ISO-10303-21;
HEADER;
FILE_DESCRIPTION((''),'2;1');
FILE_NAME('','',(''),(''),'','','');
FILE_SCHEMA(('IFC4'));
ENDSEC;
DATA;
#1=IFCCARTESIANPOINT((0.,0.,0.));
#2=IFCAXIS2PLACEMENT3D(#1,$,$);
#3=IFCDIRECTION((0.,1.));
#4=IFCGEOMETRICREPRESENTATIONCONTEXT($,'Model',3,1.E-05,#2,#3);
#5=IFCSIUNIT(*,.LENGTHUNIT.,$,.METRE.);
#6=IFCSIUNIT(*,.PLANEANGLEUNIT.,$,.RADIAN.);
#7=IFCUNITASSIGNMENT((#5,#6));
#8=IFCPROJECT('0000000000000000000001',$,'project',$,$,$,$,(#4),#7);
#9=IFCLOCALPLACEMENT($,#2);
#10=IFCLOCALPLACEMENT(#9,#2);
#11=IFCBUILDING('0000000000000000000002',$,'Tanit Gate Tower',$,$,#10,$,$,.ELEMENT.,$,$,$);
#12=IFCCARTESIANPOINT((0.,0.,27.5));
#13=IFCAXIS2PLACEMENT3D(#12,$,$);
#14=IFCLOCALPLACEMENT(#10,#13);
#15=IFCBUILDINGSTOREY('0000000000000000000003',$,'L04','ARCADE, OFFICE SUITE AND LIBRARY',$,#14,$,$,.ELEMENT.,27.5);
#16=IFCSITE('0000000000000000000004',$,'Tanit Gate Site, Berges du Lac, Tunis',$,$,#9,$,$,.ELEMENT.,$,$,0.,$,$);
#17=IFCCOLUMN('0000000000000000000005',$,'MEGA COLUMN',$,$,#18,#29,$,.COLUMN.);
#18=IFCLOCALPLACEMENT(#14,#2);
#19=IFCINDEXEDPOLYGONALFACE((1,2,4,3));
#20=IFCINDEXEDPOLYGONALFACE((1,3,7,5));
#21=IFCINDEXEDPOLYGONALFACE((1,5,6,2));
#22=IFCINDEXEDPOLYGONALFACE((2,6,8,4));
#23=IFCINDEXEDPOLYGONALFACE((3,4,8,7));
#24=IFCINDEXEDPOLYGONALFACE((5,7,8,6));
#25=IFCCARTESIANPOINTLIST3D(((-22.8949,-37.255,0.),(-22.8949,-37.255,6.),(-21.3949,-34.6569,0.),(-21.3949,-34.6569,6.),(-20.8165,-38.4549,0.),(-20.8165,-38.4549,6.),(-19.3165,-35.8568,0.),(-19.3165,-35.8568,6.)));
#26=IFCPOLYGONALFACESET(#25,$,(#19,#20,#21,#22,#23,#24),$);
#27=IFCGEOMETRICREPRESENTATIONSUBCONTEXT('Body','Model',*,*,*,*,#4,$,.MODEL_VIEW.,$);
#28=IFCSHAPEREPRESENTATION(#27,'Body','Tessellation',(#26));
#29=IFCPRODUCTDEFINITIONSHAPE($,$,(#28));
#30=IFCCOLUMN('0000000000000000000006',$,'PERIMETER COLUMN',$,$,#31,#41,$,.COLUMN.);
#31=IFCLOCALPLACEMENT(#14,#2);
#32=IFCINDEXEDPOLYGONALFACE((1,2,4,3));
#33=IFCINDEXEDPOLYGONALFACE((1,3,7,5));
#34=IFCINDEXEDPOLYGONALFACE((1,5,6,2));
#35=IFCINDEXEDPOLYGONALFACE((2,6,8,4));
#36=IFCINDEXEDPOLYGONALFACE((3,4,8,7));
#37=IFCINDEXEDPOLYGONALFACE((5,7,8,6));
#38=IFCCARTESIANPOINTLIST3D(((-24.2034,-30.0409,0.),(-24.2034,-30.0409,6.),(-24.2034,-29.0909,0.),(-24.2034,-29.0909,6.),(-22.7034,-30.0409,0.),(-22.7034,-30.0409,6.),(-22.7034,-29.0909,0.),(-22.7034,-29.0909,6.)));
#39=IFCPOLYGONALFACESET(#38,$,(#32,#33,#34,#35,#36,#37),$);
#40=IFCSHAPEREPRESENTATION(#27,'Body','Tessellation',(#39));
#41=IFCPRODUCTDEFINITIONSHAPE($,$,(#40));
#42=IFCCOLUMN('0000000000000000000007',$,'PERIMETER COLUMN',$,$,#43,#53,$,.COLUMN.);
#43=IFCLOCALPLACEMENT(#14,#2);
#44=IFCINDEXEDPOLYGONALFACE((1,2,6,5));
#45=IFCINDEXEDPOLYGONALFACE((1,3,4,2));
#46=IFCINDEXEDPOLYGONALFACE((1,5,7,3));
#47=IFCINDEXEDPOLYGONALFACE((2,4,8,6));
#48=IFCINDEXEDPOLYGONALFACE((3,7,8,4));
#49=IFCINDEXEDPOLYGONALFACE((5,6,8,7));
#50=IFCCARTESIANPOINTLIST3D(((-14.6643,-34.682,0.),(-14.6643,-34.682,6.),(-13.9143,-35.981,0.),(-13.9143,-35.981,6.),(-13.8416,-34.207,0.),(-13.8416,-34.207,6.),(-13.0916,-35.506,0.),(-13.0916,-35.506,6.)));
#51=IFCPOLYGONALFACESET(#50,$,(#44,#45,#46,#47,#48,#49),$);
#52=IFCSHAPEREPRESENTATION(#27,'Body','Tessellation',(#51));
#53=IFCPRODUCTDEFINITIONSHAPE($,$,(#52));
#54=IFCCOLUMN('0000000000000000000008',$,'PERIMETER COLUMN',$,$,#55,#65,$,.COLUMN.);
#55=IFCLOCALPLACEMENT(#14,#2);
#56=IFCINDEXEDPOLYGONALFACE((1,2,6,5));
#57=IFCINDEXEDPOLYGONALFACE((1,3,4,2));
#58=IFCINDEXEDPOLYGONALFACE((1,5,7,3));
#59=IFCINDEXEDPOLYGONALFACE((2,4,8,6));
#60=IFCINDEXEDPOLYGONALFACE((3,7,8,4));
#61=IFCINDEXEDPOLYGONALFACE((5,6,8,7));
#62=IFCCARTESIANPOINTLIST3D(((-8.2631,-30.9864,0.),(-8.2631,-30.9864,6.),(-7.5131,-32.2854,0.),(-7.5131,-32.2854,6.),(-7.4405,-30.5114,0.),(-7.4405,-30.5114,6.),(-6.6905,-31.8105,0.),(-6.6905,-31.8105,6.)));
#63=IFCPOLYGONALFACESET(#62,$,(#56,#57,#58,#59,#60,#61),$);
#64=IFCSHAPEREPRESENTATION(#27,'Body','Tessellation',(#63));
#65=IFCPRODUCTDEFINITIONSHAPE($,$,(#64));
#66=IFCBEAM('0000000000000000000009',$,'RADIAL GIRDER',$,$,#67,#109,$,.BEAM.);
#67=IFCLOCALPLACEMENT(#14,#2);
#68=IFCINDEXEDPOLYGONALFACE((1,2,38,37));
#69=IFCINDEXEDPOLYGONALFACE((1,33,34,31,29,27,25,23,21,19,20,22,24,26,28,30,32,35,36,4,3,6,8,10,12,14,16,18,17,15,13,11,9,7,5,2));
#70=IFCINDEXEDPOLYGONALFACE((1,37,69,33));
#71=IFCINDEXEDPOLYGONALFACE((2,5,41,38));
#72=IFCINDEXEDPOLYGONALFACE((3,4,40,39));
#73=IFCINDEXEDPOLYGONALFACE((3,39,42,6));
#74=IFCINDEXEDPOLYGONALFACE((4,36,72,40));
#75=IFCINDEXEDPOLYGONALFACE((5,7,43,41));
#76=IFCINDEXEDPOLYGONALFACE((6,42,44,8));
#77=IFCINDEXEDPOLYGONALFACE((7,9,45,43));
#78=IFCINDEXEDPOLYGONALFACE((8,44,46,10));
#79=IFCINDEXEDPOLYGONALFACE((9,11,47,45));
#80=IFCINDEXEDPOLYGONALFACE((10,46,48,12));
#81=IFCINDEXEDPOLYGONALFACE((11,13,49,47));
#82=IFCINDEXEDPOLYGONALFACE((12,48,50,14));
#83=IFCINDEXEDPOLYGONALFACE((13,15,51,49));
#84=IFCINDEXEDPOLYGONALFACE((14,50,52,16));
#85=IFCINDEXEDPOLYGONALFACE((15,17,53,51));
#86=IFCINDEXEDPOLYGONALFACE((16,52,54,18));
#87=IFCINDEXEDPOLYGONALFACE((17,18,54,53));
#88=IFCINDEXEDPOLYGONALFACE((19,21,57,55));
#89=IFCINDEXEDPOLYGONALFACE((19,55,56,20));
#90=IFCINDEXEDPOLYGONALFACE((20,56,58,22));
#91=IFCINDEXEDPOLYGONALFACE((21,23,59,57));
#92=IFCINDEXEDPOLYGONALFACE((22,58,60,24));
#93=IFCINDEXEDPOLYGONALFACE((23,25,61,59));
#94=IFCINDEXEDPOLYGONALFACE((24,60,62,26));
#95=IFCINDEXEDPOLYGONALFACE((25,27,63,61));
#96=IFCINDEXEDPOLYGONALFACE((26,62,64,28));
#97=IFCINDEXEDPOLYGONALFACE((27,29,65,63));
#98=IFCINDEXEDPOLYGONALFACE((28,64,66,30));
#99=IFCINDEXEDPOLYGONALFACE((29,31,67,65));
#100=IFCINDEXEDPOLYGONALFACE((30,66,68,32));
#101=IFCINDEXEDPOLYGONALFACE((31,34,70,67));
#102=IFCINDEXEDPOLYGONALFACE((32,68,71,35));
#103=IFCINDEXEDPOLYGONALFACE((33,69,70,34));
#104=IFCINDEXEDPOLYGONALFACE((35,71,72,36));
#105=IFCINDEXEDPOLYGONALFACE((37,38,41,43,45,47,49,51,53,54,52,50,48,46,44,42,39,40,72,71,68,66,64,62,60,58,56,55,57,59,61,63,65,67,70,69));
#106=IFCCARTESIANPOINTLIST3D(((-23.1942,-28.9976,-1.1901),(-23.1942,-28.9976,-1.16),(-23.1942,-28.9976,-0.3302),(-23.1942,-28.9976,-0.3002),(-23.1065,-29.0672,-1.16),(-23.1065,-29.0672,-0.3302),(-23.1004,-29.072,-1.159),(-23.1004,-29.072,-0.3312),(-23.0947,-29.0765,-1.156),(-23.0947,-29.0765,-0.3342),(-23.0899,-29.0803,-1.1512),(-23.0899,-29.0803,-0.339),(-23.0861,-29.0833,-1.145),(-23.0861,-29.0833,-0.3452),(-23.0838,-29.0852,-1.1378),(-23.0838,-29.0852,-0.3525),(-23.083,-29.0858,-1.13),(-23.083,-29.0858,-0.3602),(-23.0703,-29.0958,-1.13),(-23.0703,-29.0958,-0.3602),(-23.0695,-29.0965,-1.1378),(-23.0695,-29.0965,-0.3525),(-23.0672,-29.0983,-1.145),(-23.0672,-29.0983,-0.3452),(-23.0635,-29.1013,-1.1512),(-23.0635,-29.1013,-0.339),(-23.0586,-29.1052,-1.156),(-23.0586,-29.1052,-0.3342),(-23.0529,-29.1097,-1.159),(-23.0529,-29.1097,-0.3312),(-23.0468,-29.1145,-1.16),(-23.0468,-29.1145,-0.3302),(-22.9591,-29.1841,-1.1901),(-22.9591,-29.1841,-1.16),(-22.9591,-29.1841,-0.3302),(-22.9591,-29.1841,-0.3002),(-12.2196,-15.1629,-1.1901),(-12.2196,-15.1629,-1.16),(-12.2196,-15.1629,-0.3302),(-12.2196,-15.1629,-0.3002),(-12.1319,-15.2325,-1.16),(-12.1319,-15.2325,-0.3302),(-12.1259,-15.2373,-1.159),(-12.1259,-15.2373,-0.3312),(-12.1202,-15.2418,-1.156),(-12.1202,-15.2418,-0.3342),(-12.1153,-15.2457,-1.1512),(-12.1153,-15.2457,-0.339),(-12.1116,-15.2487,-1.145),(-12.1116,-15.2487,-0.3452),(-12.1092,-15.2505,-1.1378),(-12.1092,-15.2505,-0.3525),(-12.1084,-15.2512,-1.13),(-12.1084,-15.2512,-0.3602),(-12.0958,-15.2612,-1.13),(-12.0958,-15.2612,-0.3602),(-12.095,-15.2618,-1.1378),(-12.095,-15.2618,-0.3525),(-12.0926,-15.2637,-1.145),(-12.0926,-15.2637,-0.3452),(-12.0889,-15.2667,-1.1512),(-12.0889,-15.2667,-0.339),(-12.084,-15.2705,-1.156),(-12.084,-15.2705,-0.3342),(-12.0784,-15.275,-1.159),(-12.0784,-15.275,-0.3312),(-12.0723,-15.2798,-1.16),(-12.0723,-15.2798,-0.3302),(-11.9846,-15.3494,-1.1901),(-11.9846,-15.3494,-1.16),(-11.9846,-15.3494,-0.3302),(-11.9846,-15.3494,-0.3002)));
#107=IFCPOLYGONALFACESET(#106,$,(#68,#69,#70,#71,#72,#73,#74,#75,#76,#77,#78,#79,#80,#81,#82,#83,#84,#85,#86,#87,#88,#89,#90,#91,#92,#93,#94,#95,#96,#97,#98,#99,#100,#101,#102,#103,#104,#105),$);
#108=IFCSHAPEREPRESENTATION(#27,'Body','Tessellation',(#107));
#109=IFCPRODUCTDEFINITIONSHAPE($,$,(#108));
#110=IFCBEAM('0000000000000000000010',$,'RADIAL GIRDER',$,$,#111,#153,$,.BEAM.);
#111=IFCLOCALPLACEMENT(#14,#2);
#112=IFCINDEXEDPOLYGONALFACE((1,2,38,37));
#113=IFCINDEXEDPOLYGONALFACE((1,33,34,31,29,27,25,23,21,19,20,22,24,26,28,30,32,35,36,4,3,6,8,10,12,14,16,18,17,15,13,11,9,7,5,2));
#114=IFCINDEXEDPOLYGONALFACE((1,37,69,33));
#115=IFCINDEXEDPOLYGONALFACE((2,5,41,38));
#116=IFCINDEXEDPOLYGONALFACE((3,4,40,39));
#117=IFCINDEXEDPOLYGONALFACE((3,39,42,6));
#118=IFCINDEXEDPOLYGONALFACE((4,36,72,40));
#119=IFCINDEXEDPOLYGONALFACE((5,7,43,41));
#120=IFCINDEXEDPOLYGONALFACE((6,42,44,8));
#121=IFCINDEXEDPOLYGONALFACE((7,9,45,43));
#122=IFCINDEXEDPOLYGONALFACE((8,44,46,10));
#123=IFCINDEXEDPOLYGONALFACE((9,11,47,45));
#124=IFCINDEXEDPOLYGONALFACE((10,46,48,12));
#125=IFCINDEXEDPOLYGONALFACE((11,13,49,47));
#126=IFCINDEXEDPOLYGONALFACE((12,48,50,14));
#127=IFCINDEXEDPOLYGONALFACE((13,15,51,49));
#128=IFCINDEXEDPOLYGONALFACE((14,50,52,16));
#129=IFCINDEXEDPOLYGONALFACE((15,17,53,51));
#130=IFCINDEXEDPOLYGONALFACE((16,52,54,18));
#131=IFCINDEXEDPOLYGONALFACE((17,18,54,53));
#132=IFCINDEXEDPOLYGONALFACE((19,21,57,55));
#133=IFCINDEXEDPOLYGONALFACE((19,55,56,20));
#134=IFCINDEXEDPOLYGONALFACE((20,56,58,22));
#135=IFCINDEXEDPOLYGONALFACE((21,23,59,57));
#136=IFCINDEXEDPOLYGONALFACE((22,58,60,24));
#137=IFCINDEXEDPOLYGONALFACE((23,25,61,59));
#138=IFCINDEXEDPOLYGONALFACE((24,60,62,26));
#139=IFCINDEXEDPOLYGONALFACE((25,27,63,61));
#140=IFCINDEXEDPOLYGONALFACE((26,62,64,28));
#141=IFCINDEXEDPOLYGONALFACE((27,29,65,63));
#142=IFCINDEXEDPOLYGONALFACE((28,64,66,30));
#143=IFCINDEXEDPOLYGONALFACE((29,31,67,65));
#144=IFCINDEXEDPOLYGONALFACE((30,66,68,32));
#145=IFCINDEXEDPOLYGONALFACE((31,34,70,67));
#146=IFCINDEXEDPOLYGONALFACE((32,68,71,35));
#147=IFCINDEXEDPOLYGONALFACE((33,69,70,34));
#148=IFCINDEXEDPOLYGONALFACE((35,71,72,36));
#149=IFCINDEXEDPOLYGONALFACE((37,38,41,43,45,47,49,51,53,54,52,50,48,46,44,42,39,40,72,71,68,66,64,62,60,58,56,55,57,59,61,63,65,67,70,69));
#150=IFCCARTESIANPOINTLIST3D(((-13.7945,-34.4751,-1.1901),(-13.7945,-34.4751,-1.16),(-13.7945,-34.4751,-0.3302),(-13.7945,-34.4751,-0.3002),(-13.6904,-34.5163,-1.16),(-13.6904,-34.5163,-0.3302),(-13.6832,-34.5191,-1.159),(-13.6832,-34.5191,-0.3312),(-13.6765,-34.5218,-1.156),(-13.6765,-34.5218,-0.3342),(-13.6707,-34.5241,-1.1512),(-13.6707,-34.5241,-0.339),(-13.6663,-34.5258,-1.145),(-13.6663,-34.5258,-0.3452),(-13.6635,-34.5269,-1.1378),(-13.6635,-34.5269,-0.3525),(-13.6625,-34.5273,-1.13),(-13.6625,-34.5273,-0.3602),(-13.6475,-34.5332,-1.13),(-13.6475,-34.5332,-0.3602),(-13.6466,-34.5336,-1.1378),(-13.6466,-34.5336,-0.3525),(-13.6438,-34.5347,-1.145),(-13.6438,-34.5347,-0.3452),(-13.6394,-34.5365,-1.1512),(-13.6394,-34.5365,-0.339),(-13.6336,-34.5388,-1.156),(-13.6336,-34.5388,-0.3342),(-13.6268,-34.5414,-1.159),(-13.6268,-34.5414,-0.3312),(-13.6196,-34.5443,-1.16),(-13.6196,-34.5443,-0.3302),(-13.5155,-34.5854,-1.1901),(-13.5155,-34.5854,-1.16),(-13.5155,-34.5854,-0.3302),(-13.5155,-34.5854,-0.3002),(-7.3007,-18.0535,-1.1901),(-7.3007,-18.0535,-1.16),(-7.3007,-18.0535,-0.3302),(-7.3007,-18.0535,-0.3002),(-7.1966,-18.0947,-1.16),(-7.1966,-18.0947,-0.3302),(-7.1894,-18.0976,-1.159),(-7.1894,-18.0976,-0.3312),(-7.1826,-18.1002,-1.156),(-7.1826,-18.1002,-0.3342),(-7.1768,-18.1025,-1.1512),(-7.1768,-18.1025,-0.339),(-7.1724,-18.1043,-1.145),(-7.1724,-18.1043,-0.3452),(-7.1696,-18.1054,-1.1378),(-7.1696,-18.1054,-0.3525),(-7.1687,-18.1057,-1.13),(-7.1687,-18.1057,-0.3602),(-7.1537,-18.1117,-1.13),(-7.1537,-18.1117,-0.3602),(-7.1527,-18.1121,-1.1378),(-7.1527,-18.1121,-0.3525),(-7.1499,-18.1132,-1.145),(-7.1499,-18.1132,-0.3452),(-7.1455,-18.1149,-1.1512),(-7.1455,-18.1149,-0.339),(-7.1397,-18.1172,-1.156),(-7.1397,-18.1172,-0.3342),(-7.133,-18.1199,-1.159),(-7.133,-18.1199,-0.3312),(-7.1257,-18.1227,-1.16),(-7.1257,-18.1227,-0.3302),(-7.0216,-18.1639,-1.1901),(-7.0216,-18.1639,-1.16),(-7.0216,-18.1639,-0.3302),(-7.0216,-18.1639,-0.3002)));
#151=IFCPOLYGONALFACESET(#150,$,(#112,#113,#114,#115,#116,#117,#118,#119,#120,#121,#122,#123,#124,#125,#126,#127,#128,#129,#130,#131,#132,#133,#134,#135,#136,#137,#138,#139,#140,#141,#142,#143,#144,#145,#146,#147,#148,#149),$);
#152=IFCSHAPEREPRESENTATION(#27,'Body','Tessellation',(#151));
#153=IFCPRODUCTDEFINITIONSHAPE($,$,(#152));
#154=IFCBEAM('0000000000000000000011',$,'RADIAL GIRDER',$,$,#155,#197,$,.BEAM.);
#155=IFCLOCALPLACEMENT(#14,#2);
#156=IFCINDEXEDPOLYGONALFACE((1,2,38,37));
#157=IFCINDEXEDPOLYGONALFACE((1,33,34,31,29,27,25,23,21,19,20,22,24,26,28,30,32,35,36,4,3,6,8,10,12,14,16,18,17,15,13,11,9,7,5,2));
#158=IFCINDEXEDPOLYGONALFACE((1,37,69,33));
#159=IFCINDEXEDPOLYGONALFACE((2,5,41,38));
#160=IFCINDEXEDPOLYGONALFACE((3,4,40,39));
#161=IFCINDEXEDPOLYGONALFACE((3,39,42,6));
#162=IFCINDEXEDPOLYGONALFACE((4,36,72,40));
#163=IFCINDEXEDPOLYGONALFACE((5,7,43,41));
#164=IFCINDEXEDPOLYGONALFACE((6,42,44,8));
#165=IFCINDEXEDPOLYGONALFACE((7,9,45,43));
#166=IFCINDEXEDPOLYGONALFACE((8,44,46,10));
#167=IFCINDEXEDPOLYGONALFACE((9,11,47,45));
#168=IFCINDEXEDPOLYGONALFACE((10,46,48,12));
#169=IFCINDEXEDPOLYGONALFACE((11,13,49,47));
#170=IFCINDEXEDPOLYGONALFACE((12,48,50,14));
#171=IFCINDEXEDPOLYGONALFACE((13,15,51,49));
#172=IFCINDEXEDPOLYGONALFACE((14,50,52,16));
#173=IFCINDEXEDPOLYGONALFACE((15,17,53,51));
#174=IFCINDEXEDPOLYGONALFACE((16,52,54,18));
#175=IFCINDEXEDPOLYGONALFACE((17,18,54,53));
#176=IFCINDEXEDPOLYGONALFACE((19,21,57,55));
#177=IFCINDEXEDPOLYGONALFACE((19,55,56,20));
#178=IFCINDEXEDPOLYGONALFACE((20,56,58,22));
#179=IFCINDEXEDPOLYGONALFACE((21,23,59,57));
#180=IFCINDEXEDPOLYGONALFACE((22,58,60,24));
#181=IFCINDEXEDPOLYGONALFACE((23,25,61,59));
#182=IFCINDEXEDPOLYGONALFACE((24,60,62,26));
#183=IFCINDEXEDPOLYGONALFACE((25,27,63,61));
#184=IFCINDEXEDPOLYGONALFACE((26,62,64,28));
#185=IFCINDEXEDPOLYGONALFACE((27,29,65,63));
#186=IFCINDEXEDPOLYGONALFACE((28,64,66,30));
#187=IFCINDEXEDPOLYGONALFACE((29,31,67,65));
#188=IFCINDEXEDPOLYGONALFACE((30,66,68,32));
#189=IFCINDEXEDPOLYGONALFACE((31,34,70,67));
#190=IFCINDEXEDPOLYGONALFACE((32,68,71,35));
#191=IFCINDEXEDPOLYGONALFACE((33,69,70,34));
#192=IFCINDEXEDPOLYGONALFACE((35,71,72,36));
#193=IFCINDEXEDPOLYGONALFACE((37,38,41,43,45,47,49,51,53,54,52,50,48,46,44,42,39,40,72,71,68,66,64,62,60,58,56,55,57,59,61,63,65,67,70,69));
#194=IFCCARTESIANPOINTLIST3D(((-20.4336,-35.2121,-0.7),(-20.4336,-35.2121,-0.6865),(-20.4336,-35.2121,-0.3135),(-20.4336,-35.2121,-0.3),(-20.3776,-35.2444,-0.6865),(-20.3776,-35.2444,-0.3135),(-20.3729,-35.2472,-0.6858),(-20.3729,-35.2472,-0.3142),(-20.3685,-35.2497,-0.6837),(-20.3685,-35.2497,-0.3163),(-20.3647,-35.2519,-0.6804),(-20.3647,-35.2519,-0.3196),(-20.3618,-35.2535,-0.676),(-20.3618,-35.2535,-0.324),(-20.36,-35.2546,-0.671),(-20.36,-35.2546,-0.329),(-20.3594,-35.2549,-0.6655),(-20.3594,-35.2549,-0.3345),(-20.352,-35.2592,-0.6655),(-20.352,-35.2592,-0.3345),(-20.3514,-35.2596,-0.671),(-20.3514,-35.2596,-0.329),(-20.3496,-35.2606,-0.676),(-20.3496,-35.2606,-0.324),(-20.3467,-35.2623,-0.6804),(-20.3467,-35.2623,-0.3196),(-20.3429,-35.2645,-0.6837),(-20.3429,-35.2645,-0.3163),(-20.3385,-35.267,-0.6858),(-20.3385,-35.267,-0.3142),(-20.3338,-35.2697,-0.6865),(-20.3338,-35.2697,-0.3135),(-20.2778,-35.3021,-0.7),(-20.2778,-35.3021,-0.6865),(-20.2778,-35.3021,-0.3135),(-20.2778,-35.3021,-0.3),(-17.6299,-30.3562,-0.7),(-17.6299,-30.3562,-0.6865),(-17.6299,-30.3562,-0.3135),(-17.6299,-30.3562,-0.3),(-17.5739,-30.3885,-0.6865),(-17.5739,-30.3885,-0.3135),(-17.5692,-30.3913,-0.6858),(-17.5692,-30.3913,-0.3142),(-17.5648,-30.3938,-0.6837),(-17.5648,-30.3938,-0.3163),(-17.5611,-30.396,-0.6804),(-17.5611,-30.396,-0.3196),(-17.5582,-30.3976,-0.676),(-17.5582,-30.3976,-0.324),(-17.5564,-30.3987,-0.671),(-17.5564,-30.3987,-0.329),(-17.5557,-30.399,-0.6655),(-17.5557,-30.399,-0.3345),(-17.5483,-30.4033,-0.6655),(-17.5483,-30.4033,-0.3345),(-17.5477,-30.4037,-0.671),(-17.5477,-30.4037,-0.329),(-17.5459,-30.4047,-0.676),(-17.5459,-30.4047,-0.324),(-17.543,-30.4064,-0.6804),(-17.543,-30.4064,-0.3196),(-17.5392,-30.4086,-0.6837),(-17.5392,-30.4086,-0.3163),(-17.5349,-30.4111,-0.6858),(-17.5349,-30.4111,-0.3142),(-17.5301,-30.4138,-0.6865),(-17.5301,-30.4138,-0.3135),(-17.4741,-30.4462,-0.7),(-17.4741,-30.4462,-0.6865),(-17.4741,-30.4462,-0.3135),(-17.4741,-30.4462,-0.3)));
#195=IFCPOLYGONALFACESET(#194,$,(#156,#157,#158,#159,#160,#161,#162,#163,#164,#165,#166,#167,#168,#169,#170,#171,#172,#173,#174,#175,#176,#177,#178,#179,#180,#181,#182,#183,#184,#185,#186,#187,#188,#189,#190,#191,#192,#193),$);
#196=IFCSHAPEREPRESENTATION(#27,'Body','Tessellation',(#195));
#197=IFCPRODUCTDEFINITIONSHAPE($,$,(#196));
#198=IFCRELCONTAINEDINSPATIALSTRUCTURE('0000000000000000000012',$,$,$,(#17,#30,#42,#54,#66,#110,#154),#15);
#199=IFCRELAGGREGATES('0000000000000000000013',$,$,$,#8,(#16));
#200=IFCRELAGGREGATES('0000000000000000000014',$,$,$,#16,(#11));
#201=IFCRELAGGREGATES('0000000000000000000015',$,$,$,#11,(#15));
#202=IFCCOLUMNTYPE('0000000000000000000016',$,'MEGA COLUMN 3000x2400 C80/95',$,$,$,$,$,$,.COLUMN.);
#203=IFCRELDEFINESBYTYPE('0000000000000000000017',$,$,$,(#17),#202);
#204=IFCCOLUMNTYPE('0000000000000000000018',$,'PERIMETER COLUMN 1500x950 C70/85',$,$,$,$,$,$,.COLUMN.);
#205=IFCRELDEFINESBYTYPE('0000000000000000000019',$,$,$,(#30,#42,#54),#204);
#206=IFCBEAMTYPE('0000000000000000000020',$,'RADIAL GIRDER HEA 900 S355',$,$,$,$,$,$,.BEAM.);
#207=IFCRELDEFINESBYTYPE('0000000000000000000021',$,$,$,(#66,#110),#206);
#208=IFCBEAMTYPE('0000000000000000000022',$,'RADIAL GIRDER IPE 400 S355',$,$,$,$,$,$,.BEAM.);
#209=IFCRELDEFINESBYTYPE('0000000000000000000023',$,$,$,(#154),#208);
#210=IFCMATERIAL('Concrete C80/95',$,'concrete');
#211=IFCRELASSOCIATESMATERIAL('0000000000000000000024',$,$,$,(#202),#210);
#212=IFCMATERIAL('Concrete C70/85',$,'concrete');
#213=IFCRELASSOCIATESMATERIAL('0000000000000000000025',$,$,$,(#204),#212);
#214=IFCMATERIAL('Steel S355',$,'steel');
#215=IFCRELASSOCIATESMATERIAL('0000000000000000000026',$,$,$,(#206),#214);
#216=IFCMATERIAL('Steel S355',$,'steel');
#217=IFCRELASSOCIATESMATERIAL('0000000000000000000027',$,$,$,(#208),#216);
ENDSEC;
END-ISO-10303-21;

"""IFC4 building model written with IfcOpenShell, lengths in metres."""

from ifc_helpers import new_model, si_unit, direction, frame, origin, origin_2d, place, context, subcontext, project, spatial, rectangle, i_section, extrude, material, material_profile, profile_set, type_object, element, save


model = new_model("IFC4")

# Units and contexts
model_context = context("Model", 3, precision=1e-05, world=origin(), true_north=direction((0.0, 1.0)))
body_context = subcontext(model_context, "Body", "Model", "MODEL_VIEW")
ifc_project = project(units=[si_unit("LENGTHUNIT", "METRE"), si_unit("PLANEANGLEUNIT", "RADIAN")], contexts=[model_context])

# Site, building, storey
site_placement = place(None, origin())
site = spatial("IfcSite", under=ifc_project, at=site_placement, Name="Tanit Gate Site, Berges du Lac, Tunis", CompositionType="ELEMENT", RefElevation=0.0)
building_placement = place(site_placement, origin())
building = spatial("IfcBuilding", under=site, at=building_placement, Name="Tanit Gate Tower", CompositionType="ELEMENT")
storey_placement = place(building_placement, frame((0.0, 0.0, 27.5)))
storey = spatial("IfcBuildingStorey", under=building, at=storey_placement, Name="L04", Description="ARCADE, OFFICE SUITE AND LIBRARY", CompositionType="ELEMENT", Elevation=27.5)

# Columns
ifc_material_1 = material(Name="Concrete C80/95", Category="concrete")
ifc_material_profile_1 = material_profile(ifc_material_1, rectangle(XDim=3.0, YDim=2.3999, at=origin_2d()), Name="RC 3000x2400")
ifc_profile_set_1 = profile_set([ifc_material_profile_1], Name="Concrete C80/95")
column_type_1 = type_object("IfcColumnType", Name="MEGA COLUMN 3000x2400 C80/95", PredefinedType="COLUMN", material=ifc_profile_set_1)
column_placement = place(storey_placement, frame((-21.1057, -36.5559, 0.0), z_axis=(0.0, 0.0, 1.0), x_axis=(-0.5, -0.866025, 0.0)))
element("IfcColumn", 1, at=column_placement, inside=storey, type_object=column_type_1, Name="MEGA COLUMN", PredefinedType="COLUMN", context=body_context, shape_type="SweptSolid", body=[
    extrude(rectangle(XDim=3.0, YDim=2.3999, at=origin_2d()), origin(), (0.0, 0.0, 1.0), 6.0),
])
ifc_material_2 = material(Name="Concrete C70/85", Category="concrete")
ifc_material_profile_2 = material_profile(ifc_material_2, rectangle(XDim=1.5, YDim=0.95, at=origin_2d()), Name="RC 1500x950")
ifc_profile_set_2 = profile_set([ifc_material_profile_2], Name="Concrete C70/85")
column_type_2 = type_object("IfcColumnType", Name="PERIMETER COLUMN 1500x950 C70/85", PredefinedType="COLUMN", material=ifc_profile_set_2)
for number, where, z_axis, x_axis, name in (
    (2, (-23.4534, -29.5659, 0.0), (0.0, 0.0, 1.0), (-1.0, 0.0, 0.0), "PERIMETER COLUMN"),
    (3, (-13.8779, -35.094, 0.0), (0.0, 0.0, 1.0), (0.5, -0.866025, 0.0), "PERIMETER COLUMN"),
    (4, (-7.4768, -31.3984, 0.0), (0.0, 0.0, 1.0), (0.5, -0.866025, 0.0), "PERIMETER COLUMN"),
):
    element("IfcColumn", number, at=place(storey_placement, frame(where, z_axis=z_axis, x_axis=x_axis)), inside=storey, type_object=column_type_2, Name=name, PredefinedType="COLUMN", context=body_context, shape_type="SweptSolid", body=[
        extrude(rectangle(XDim=1.5, YDim=0.95, at=origin_2d()), origin(), (0.0, 0.0, 1.0), 6.0),
    ])

# Beams
ifc_material_3 = material(Name="Steel S355", Category="steel")
ifc_material_profile_3 = material_profile(ifc_material_3, i_section(OverallWidth=0.3, OverallDepth=0.8899, WebThickness=0.0161, FlangeThickness=0.03, FilletRadius=0.03, at=origin_2d()), Name="HEA 900")
ifc_profile_set_3 = profile_set([ifc_material_profile_3], Name="Steel S355")
beam_type_1 = type_object("IfcBeamType", Name="RADIAL GIRDER HEA 900 S355", PredefinedType="BEAM", material=ifc_profile_set_3)
for number, where, z_axis, x_axis, name in (
    (5, (-23.0767, -29.0908, -0.7451), (0.621473, 0.783436, 0.0), (-0.783436, 0.621473, 0.0), "RADIAL GIRDER"),
    (6, (-13.655, -34.5303, -0.7451), (0.367738, 0.929929, 0.0), (-0.929929, 0.367738, 0.0), "RADIAL GIRDER"),
):
    element("IfcBeam", number, at=place(storey_placement, frame(where, z_axis=z_axis, x_axis=x_axis)), inside=storey, type_object=beam_type_1, Name=name, PredefinedType="BEAM", context=body_context, shape_type="SweptSolid", body=[
        extrude(i_section(OverallWidth=0.3, OverallDepth=0.8899, WebThickness=0.0161, FlangeThickness=0.03, FilletRadius=0.03, at=origin_2d()), origin(), (0.0, 0.0, 1.0), 17.6589),
    ])
ifc_material_4 = material(Name="Steel S355", Category="steel")
ifc_material_profile_4 = material_profile(ifc_material_4, i_section(OverallWidth=0.1799, OverallDepth=0.3999, WebThickness=0.0085, FlangeThickness=0.0134, FilletRadius=0.021, at=origin_2d()), Name="IPE 400")
ifc_profile_set_4 = profile_set([ifc_material_profile_4], Name="Steel S355")
beam_type_2 = type_object("IfcBeamType", Name="RADIAL GIRDER IPE 400 S355", PredefinedType="BEAM", material=ifc_profile_set_4)
beam_1_placement = place(storey_placement, frame((-20.3557, -35.2571, -0.5), z_axis=(0.500016, 0.866016, 0.0), x_axis=(-0.866016, 0.500016, 0.0)))
element("IfcBeam", 7, at=beam_1_placement, inside=storey, type_object=beam_type_2, Name="RADIAL GIRDER", PredefinedType="BEAM", context=body_context, shape_type="SweptSolid", body=[
    extrude(i_section(OverallWidth=0.1799, OverallDepth=0.3999, WebThickness=0.0085, FlangeThickness=0.0134, FilletRadius=0.021, at=origin_2d()), origin(), (0.0, 0.0, 1.0), 5.6072),
])

save(model, "model.ifc")
